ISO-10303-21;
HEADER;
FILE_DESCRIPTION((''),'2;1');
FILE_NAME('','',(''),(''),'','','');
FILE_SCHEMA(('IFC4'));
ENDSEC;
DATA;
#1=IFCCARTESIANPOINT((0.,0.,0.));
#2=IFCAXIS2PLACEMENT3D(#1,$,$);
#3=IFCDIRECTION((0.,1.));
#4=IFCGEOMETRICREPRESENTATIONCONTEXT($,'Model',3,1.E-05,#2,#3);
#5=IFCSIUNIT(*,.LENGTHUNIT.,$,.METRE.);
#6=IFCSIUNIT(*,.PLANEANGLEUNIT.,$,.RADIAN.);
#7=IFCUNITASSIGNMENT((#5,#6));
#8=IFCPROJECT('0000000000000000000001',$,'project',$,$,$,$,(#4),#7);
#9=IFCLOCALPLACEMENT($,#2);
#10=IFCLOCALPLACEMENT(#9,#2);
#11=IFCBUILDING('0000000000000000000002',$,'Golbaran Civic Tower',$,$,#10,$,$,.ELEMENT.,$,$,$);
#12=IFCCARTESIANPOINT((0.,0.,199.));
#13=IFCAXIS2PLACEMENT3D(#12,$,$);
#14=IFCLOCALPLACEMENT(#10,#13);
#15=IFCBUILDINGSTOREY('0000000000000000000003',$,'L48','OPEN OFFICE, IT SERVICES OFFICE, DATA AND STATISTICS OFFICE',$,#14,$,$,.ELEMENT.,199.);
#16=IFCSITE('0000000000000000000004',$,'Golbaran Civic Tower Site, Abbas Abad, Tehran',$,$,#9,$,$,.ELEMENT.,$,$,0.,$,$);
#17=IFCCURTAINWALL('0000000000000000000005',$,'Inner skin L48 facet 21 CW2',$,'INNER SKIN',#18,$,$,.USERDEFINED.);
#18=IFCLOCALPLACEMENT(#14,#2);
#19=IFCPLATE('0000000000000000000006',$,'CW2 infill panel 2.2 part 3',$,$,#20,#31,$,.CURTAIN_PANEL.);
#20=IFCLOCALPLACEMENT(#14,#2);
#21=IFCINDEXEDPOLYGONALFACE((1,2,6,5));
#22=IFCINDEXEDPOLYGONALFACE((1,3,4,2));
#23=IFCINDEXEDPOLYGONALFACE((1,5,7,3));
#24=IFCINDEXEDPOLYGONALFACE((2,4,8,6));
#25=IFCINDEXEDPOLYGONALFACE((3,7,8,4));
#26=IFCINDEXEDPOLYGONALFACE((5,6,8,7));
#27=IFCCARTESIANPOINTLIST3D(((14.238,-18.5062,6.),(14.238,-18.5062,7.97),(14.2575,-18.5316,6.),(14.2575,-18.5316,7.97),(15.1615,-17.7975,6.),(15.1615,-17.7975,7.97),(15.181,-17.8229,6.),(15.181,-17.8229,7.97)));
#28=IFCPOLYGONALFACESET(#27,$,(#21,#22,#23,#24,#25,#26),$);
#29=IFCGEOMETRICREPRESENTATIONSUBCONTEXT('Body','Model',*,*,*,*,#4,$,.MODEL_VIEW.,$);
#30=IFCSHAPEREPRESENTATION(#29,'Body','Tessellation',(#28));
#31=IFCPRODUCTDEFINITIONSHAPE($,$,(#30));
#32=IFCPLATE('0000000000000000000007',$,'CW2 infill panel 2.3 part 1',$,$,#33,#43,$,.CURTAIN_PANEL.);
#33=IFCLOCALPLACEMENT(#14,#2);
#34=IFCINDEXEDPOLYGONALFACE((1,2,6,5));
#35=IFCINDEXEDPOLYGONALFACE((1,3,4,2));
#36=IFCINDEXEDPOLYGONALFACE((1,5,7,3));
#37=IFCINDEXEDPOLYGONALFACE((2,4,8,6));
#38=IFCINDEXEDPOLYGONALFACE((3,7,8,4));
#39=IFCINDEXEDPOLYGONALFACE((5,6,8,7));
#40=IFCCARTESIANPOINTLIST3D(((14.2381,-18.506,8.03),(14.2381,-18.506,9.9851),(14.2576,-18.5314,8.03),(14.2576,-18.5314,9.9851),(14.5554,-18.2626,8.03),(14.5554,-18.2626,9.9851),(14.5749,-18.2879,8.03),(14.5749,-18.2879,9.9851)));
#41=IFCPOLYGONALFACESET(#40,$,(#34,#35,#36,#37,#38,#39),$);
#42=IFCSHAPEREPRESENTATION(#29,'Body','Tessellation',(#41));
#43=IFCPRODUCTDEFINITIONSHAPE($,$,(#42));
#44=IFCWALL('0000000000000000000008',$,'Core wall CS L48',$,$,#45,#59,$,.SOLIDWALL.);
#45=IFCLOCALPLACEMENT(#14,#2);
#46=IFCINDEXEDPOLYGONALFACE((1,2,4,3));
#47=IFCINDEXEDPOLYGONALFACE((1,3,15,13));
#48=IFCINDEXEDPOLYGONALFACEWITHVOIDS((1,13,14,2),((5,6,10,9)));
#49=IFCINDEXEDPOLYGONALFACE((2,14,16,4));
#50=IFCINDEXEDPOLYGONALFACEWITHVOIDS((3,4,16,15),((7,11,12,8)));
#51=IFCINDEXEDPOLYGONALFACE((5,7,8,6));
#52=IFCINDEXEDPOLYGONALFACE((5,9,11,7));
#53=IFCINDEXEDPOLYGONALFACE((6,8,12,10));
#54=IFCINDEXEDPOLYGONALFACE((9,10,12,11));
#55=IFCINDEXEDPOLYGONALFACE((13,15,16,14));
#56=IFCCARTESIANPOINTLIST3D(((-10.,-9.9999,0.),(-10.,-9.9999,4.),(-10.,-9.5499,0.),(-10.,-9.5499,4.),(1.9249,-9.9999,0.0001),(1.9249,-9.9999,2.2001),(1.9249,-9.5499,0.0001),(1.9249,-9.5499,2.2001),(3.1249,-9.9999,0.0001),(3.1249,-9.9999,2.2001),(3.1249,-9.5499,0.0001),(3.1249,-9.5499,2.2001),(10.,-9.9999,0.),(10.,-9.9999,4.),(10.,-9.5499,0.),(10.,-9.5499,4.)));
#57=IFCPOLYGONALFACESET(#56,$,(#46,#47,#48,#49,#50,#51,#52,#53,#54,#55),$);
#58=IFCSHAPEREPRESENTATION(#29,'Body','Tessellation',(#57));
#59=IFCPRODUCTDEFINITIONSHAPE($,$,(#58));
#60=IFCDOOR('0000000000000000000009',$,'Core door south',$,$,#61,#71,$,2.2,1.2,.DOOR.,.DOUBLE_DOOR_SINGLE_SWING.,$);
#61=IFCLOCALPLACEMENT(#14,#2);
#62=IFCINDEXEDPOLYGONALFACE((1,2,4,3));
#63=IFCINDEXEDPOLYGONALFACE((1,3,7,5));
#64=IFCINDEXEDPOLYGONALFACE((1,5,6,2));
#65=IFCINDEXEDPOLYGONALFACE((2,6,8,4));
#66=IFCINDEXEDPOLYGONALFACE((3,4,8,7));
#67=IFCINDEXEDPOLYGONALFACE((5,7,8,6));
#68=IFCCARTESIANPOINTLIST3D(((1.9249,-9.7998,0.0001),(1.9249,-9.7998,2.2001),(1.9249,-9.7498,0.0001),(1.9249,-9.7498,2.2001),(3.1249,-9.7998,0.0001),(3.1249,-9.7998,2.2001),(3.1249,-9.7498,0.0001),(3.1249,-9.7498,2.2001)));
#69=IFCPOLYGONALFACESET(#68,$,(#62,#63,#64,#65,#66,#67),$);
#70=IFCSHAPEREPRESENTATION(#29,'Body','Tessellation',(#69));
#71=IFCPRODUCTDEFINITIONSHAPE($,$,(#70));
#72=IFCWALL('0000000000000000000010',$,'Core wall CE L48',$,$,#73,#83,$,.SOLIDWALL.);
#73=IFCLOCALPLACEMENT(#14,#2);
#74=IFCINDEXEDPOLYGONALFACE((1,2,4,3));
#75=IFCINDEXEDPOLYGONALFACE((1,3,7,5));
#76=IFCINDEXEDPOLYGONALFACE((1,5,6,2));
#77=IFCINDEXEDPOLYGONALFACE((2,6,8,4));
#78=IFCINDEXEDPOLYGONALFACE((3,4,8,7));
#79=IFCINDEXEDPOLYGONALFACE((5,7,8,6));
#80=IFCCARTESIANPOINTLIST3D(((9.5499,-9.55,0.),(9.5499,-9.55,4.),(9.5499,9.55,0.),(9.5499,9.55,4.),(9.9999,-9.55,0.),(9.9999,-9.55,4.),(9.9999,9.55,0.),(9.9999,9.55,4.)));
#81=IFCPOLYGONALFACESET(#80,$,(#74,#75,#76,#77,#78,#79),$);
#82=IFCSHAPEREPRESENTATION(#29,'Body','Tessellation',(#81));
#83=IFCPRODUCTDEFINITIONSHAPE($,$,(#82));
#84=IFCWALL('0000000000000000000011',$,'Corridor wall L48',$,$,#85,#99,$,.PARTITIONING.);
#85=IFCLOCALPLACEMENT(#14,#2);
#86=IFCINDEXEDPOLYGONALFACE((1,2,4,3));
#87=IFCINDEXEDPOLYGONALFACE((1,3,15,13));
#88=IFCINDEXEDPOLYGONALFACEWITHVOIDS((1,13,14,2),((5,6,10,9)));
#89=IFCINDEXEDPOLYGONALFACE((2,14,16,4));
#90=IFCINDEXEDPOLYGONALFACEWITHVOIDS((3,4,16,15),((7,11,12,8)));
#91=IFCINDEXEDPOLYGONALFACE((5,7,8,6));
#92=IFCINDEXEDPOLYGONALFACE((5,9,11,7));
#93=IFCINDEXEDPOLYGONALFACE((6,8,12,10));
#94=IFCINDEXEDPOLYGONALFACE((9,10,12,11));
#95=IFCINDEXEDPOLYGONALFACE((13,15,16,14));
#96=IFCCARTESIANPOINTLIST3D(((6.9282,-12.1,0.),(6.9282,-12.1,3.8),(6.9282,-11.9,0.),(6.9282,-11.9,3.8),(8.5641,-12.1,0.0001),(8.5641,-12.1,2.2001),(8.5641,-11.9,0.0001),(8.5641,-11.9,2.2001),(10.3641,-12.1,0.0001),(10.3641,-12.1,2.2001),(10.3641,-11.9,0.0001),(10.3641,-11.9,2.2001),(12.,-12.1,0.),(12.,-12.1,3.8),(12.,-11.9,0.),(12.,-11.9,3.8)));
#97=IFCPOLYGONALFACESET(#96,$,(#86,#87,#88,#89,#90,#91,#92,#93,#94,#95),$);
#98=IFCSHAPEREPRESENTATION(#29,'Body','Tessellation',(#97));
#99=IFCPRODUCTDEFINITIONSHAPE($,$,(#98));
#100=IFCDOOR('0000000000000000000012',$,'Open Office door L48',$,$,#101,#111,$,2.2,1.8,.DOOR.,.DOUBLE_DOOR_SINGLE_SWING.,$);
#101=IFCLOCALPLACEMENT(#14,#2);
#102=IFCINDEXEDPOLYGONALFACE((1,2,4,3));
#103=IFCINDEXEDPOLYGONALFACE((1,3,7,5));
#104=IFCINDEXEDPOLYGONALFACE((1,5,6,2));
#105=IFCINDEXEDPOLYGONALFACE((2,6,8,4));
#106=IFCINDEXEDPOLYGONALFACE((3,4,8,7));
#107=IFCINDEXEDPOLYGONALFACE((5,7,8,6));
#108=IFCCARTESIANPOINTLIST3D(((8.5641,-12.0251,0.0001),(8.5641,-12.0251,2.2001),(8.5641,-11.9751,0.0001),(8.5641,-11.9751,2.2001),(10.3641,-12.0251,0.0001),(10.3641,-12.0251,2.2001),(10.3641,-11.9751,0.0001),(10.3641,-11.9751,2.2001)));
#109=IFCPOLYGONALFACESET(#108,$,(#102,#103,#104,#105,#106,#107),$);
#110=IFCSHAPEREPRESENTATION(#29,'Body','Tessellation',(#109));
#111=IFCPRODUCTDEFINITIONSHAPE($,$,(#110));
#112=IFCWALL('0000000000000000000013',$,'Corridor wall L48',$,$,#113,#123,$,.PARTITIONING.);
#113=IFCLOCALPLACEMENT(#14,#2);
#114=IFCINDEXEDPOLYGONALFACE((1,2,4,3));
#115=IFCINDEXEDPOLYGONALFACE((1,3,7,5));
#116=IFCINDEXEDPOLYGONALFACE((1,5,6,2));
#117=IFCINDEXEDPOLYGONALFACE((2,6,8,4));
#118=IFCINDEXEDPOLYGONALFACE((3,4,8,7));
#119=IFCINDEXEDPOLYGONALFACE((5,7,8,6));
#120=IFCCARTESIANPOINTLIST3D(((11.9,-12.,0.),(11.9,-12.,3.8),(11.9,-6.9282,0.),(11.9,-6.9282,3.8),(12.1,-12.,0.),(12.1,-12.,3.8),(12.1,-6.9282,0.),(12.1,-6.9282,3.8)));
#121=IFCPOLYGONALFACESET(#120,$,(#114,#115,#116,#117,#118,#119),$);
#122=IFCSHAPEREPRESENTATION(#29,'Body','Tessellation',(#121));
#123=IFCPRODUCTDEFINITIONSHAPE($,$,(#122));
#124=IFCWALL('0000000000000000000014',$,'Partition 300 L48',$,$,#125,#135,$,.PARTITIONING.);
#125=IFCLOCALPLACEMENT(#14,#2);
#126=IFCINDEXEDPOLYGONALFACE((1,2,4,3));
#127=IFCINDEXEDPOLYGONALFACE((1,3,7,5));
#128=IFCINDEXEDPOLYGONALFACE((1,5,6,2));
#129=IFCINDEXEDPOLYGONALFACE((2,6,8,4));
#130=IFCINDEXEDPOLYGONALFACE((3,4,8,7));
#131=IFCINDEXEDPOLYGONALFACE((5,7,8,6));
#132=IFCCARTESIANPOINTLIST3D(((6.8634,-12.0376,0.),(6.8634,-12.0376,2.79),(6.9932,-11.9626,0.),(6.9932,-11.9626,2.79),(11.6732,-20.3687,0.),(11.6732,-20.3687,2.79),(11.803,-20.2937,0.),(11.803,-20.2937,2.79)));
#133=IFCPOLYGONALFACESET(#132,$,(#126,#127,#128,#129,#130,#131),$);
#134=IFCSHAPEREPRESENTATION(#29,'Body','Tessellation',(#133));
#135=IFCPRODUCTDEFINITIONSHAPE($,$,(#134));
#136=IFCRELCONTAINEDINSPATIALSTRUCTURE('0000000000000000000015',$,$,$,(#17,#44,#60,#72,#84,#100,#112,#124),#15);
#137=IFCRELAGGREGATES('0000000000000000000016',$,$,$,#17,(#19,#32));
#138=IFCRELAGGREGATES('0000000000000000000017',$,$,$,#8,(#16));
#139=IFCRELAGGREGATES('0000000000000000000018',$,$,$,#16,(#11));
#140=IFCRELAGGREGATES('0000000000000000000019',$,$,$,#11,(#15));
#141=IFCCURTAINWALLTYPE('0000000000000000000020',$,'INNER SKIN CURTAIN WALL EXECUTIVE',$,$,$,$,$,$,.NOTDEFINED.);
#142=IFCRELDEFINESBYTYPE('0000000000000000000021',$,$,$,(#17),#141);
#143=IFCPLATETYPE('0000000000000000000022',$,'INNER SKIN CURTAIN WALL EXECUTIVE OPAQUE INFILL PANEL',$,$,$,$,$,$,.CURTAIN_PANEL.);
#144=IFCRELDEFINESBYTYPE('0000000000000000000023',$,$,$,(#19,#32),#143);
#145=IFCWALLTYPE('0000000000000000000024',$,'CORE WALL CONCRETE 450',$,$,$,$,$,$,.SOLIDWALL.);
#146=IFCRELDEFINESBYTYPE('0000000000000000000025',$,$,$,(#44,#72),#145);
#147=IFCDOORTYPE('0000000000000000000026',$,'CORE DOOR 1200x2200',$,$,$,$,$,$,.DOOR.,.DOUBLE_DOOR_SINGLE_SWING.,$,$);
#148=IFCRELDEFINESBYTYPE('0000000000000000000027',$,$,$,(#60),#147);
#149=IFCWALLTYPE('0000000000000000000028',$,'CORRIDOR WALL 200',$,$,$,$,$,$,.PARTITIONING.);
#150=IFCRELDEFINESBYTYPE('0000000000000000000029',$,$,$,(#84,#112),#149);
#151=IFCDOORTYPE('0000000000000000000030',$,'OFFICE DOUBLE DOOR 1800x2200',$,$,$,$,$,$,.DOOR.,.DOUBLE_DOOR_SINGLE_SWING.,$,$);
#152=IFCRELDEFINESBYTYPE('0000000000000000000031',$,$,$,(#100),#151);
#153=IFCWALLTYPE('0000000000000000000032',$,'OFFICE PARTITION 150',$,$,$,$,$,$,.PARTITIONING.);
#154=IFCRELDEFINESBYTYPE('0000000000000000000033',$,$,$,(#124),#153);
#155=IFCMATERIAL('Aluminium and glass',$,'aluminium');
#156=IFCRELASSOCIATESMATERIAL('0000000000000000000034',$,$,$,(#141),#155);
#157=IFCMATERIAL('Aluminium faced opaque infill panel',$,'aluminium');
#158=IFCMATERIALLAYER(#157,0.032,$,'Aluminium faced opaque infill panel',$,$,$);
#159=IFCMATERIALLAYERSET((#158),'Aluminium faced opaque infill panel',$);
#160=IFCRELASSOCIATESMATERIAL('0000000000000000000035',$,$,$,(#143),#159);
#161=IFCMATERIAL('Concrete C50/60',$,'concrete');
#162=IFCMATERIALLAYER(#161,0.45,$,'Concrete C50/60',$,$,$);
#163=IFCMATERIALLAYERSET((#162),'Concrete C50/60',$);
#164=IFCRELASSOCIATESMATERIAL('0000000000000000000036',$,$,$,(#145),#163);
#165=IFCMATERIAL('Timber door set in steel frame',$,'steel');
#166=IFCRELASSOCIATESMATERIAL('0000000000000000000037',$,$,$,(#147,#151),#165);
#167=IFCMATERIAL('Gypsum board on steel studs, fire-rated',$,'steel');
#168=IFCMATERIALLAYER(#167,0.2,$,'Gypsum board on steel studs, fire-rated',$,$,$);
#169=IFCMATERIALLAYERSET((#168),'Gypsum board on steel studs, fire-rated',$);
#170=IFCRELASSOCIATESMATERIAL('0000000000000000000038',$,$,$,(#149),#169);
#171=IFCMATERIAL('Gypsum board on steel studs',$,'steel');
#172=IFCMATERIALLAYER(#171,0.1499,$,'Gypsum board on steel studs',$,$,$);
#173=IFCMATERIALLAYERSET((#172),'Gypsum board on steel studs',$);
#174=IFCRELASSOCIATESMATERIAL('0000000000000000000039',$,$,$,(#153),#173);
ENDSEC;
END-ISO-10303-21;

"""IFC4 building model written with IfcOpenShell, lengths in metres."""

from ifc_helpers import new_model, si_unit, direction, frame, frame_2d, origin, origin_2d, place, context, subcontext, project, spatial, rectangle, extrude, material, layer, layer_set, type_object, element, fill, aggregate, save


model = new_model("IFC4")

# Units and contexts
model_context = context("Model", 3, precision=1e-05, world=origin(), true_north=direction((0.0, 1.0)))
body_context = subcontext(model_context, "Body", "Model", "MODEL_VIEW")
ifc_project = project(units=[si_unit("LENGTHUNIT", "METRE"), si_unit("PLANEANGLEUNIT", "RADIAN")], contexts=[model_context])

# Site, building, storey
site_placement = place(None, origin())
site = spatial("IfcSite", under=ifc_project, at=site_placement, Name="Golbaran Civic Tower Site, Abbas Abad, Tehran", CompositionType="ELEMENT", RefElevation=0.0)
building_placement = place(site_placement, origin())
building = spatial("IfcBuilding", under=site, at=building_placement, Name="Golbaran Civic Tower", CompositionType="ELEMENT")
storey_placement = place(building_placement, frame((0.0, 0.0, 199.0)))
storey = spatial("IfcBuildingStorey", under=building, at=storey_placement, Name="L48", Description="OPEN OFFICE, IT SERVICES OFFICE, DATA AND STATISTICS OFFICE", CompositionType="ELEMENT", Elevation=199.0)

# Curtain wall
ifc_material_1 = material(Name="Aluminium and glass", Category="aluminium")
curtain_wall_type = type_object("IfcCurtainWallType", Name="INNER SKIN CURTAIN WALL EXECUTIVE", PredefinedType="NOTDEFINED", material=ifc_material_1)
curtain_wall_placement = place(storey_placement, origin())
curtain_wall = element("IfcCurtainWall", 1, at=curtain_wall_placement, inside=storey, type_object=curtain_wall_type, Name="Inner skin L48 facet 21 CW2", ObjectType="INNER SKIN", PredefinedType="USERDEFINED")

# Plates
ifc_material_2 = material(Name="Aluminium faced opaque infill panel", Category="aluminium")
ifc_layer_1 = layer(ifc_material_2, 0.032, Name="Aluminium faced opaque infill panel")
ifc_layer_set_1 = layer_set([ifc_layer_1], Name="Aluminium faced opaque infill panel")
plate_type_1 = type_object("IfcPlateType", Name="INNER SKIN CURTAIN WALL EXECUTIVE OPAQUE INFILL PANEL", PredefinedType="CURTAIN_PANEL", material=ifc_layer_set_1)
plate_1_placement = place(storey_placement, frame((14.7095, -18.1646, 6.0), z_axis=(0.0, 0.0, 1.0), x_axis=(0.793353, 0.608761, 0.0)))
plate_1 = element("IfcPlate", 2, at=plate_1_placement, type_object=plate_type_1, Name="CW2 infill panel 2.2 part 3", PredefinedType="CURTAIN_PANEL", context=body_context, shape_type="SweptSolid", body=[
    extrude(rectangle(XDim=1.1641, YDim=0.032, at=origin_2d()), origin(), (0.0, 0.0, 1.0), 1.97),
])
plate_2_placement = place(storey_placement, frame((14.4065, -18.397, 8.03), z_axis=(0.0, 0.0, 1.0), x_axis=(0.793353, 0.608761, 0.0)))
plate_2 = element("IfcPlate", 3, at=plate_2_placement, type_object=plate_type_1, Name="CW2 infill panel 2.3 part 1", PredefinedType="CURTAIN_PANEL", context=body_context, shape_type="SweptSolid", body=[
    extrude(rectangle(XDim=0.3999, YDim=0.032, at=origin_2d()), origin(), (0.0, 0.0, 1.0), 1.9551),
])
aggregate(curtain_wall, [plate_1, plate_2])

# Wall, opening, door
ifc_material_3 = material(Name="Concrete C50/60", Category="concrete")
ifc_layer_2 = layer(ifc_material_3, 0.45, Name="Concrete C50/60")
ifc_layer_set_2 = layer_set([ifc_layer_2], Name="Concrete C50/60")
wall_type_1 = type_object("IfcWallType", Name="CORE WALL CONCRETE 450", PredefinedType="SOLIDWALL", material=ifc_layer_set_2)
wall_1_placement = place(storey_placement, frame((10.0, -9.7749, 0.0), z_axis=(0.0, 0.0, 1.0), x_axis=(-1.0, 0.0, 0.0)))
wall_1 = element("IfcWall", 4, at=wall_1_placement, inside=storey, type_object=wall_type_1, Name="Core wall CS L48", PredefinedType="SOLIDWALL", context=body_context, shape_type="SweptSolid", body=[
    extrude(rectangle(XDim=20.0, YDim=0.45, at=frame_2d((10.0, 0.0))), origin(), (0.0, 0.0, 1.0), 4.0),
])
opening_1_placement = place(wall_1_placement, frame((6.875, 0.0, 0.0)))
opening_1 = element("IfcOpeningElement", 5, at=opening_1_placement, cuts=wall_1, PredefinedType="OPENING", context=body_context, shape_type="SweptSolid", body=[
    extrude(rectangle(XDim=1.2, YDim=2.2, at=frame_2d((0.6001, 1.1001))), frame((0.0, 0.2349, 0.0), z_axis=(0.0, -1.0, 0.0), x_axis=(1.0, 0.0, 0.0)), (0.0, 0.0, 1.0), 0.47),
])
ifc_material_4 = material(Name="Timber door set in steel frame", Category="steel")
door_type_1 = type_object("IfcDoorType", Name="CORE DOOR 1200x2200", OperationType="DOUBLE_DOOR_SINGLE_SWING", PredefinedType="DOOR", material=ifc_material_4)
door_1_placement = place(opening_1_placement, origin())
door_1 = element("IfcDoor", 6, at=door_1_placement, inside=storey, type_object=door_type_1, Name="Core door south", OperationType="DOUBLE_DOOR_SINGLE_SWING", OverallHeight=2.2, OverallWidth=1.2, PredefinedType="DOOR", context=body_context, shape_type="SweptSolid", body=[
    extrude(rectangle(XDim=1.2, YDim=2.2, at=frame_2d((0.6001, 1.1001))), frame((0.0, 0.0249, 0.0), z_axis=(0.0, -1.0, 0.0), x_axis=(1.0, 0.0, 0.0)), (0.0, 0.0, 1.0), 0.05),
])
fill(opening_1, door_1)

# Wall
wall_2_placement = place(storey_placement, frame((9.7749, -9.55, 0.0), z_axis=(0.0, 0.0, 1.0), x_axis=(0.0, 1.0, 0.0)))
element("IfcWall", 7, at=wall_2_placement, inside=storey, type_object=wall_type_1, Name="Core wall CE L48", PredefinedType="SOLIDWALL", context=body_context, shape_type="SweptSolid", body=[
    extrude(rectangle(XDim=19.1001, YDim=0.45, at=frame_2d((9.55, 0.0))), origin(), (0.0, 0.0, 1.0), 4.0),
])

# Wall, opening, door
ifc_material_5 = material(Name="Gypsum board on steel studs, fire-rated", Category="steel")
ifc_layer_3 = layer(ifc_material_5, 0.2, Name="Gypsum board on steel studs, fire-rated")
ifc_layer_set_3 = layer_set([ifc_layer_3], Name="Gypsum board on steel studs, fire-rated")
wall_type_2 = type_object("IfcWallType", Name="CORRIDOR WALL 200", PredefinedType="PARTITIONING", material=ifc_layer_set_3)
wall_3_placement = place(storey_placement, frame((6.9282, -12.0, 0.0), z_axis=(0.0, 0.0, 1.0), x_axis=(1.0, 0.0, 0.0)))
wall_3 = element("IfcWall", 8, at=wall_3_placement, inside=storey, type_object=wall_type_2, Name="Corridor wall L48", PredefinedType="PARTITIONING", context=body_context, shape_type="SweptSolid", body=[
    extrude(rectangle(XDim=5.0718, YDim=0.2, at=frame_2d((2.5359, 0.0))), origin(), (0.0, 0.0, 1.0), 3.8),
])
opening_2_placement = place(wall_3_placement, frame((1.636, 0.0, 0.0)))
opening_2 = element("IfcOpeningElement", 9, at=opening_2_placement, cuts=wall_3, PredefinedType="OPENING", context=body_context, shape_type="SweptSolid", body=[
    extrude(rectangle(XDim=1.8, YDim=2.2, at=frame_2d((0.8999, 1.1001))), frame((0.0, 0.1099, 0.0), z_axis=(0.0, -1.0, 0.0), x_axis=(1.0, 0.0, 0.0)), (0.0, 0.0, 1.0), 0.22),
])
door_type_2 = type_object("IfcDoorType", Name="OFFICE DOUBLE DOOR 1800x2200", OperationType="DOUBLE_DOOR_SINGLE_SWING", PredefinedType="DOOR", material=ifc_material_4)
door_2_placement = place(opening_2_placement, origin())
door_2 = element("IfcDoor", 10, at=door_2_placement, inside=storey, type_object=door_type_2, Name="Open Office door L48", OperationType="DOUBLE_DOOR_SINGLE_SWING", OverallHeight=2.2, OverallWidth=1.8, PredefinedType="DOOR", context=body_context, shape_type="SweptSolid", body=[
    extrude(rectangle(XDim=1.8, YDim=2.2, at=frame_2d((0.8999, 1.1001))), frame((0.0, 0.0249, 0.0), z_axis=(0.0, -1.0, 0.0), x_axis=(1.0, 0.0, 0.0)), (0.0, 0.0, 1.0), 0.05),
])
fill(opening_2, door_2)

# Walls
wall_4_placement = place(storey_placement, frame((12.0, -12.0, 0.0), z_axis=(0.0, 0.0, 1.0), x_axis=(0.0, 1.0, 0.0)))
element("IfcWall", 11, at=wall_4_placement, inside=storey, type_object=wall_type_2, Name="Corridor wall L48", PredefinedType="PARTITIONING", context=body_context, shape_type="SweptSolid", body=[
    extrude(rectangle(XDim=5.0718, YDim=0.2, at=frame_2d((2.5359, 0.0))), origin(), (0.0, 0.0, 1.0), 3.8),
])
ifc_material_6 = material(Name="Gypsum board on steel studs", Category="steel")
ifc_layer_4 = layer(ifc_material_6, 0.1499, Name="Gypsum board on steel studs")
ifc_layer_set_4 = layer_set([ifc_layer_4], Name="Gypsum board on steel studs")
wall_type_3 = type_object("IfcWallType", Name="OFFICE PARTITION 150", PredefinedType="PARTITIONING", material=ifc_layer_set_4)
wall_5_placement = place(storey_placement, frame((6.9282, -12.0, 0.0), z_axis=(0.0, 0.0, 1.0), x_axis=(0.49999, -0.866031, 0.0)))
element("IfcWall", 12, at=wall_5_placement, inside=storey, type_object=wall_type_3, Name="Partition 300 L48", PredefinedType="PARTITIONING", context=body_context, shape_type="SweptSolid", body=[
    extrude(rectangle(XDim=9.6199, YDim=0.1499, at=frame_2d((4.8101, 0.0))), origin(), (0.0, 0.0, 1.0), 2.79),
])

save(model, "model.ifc")
